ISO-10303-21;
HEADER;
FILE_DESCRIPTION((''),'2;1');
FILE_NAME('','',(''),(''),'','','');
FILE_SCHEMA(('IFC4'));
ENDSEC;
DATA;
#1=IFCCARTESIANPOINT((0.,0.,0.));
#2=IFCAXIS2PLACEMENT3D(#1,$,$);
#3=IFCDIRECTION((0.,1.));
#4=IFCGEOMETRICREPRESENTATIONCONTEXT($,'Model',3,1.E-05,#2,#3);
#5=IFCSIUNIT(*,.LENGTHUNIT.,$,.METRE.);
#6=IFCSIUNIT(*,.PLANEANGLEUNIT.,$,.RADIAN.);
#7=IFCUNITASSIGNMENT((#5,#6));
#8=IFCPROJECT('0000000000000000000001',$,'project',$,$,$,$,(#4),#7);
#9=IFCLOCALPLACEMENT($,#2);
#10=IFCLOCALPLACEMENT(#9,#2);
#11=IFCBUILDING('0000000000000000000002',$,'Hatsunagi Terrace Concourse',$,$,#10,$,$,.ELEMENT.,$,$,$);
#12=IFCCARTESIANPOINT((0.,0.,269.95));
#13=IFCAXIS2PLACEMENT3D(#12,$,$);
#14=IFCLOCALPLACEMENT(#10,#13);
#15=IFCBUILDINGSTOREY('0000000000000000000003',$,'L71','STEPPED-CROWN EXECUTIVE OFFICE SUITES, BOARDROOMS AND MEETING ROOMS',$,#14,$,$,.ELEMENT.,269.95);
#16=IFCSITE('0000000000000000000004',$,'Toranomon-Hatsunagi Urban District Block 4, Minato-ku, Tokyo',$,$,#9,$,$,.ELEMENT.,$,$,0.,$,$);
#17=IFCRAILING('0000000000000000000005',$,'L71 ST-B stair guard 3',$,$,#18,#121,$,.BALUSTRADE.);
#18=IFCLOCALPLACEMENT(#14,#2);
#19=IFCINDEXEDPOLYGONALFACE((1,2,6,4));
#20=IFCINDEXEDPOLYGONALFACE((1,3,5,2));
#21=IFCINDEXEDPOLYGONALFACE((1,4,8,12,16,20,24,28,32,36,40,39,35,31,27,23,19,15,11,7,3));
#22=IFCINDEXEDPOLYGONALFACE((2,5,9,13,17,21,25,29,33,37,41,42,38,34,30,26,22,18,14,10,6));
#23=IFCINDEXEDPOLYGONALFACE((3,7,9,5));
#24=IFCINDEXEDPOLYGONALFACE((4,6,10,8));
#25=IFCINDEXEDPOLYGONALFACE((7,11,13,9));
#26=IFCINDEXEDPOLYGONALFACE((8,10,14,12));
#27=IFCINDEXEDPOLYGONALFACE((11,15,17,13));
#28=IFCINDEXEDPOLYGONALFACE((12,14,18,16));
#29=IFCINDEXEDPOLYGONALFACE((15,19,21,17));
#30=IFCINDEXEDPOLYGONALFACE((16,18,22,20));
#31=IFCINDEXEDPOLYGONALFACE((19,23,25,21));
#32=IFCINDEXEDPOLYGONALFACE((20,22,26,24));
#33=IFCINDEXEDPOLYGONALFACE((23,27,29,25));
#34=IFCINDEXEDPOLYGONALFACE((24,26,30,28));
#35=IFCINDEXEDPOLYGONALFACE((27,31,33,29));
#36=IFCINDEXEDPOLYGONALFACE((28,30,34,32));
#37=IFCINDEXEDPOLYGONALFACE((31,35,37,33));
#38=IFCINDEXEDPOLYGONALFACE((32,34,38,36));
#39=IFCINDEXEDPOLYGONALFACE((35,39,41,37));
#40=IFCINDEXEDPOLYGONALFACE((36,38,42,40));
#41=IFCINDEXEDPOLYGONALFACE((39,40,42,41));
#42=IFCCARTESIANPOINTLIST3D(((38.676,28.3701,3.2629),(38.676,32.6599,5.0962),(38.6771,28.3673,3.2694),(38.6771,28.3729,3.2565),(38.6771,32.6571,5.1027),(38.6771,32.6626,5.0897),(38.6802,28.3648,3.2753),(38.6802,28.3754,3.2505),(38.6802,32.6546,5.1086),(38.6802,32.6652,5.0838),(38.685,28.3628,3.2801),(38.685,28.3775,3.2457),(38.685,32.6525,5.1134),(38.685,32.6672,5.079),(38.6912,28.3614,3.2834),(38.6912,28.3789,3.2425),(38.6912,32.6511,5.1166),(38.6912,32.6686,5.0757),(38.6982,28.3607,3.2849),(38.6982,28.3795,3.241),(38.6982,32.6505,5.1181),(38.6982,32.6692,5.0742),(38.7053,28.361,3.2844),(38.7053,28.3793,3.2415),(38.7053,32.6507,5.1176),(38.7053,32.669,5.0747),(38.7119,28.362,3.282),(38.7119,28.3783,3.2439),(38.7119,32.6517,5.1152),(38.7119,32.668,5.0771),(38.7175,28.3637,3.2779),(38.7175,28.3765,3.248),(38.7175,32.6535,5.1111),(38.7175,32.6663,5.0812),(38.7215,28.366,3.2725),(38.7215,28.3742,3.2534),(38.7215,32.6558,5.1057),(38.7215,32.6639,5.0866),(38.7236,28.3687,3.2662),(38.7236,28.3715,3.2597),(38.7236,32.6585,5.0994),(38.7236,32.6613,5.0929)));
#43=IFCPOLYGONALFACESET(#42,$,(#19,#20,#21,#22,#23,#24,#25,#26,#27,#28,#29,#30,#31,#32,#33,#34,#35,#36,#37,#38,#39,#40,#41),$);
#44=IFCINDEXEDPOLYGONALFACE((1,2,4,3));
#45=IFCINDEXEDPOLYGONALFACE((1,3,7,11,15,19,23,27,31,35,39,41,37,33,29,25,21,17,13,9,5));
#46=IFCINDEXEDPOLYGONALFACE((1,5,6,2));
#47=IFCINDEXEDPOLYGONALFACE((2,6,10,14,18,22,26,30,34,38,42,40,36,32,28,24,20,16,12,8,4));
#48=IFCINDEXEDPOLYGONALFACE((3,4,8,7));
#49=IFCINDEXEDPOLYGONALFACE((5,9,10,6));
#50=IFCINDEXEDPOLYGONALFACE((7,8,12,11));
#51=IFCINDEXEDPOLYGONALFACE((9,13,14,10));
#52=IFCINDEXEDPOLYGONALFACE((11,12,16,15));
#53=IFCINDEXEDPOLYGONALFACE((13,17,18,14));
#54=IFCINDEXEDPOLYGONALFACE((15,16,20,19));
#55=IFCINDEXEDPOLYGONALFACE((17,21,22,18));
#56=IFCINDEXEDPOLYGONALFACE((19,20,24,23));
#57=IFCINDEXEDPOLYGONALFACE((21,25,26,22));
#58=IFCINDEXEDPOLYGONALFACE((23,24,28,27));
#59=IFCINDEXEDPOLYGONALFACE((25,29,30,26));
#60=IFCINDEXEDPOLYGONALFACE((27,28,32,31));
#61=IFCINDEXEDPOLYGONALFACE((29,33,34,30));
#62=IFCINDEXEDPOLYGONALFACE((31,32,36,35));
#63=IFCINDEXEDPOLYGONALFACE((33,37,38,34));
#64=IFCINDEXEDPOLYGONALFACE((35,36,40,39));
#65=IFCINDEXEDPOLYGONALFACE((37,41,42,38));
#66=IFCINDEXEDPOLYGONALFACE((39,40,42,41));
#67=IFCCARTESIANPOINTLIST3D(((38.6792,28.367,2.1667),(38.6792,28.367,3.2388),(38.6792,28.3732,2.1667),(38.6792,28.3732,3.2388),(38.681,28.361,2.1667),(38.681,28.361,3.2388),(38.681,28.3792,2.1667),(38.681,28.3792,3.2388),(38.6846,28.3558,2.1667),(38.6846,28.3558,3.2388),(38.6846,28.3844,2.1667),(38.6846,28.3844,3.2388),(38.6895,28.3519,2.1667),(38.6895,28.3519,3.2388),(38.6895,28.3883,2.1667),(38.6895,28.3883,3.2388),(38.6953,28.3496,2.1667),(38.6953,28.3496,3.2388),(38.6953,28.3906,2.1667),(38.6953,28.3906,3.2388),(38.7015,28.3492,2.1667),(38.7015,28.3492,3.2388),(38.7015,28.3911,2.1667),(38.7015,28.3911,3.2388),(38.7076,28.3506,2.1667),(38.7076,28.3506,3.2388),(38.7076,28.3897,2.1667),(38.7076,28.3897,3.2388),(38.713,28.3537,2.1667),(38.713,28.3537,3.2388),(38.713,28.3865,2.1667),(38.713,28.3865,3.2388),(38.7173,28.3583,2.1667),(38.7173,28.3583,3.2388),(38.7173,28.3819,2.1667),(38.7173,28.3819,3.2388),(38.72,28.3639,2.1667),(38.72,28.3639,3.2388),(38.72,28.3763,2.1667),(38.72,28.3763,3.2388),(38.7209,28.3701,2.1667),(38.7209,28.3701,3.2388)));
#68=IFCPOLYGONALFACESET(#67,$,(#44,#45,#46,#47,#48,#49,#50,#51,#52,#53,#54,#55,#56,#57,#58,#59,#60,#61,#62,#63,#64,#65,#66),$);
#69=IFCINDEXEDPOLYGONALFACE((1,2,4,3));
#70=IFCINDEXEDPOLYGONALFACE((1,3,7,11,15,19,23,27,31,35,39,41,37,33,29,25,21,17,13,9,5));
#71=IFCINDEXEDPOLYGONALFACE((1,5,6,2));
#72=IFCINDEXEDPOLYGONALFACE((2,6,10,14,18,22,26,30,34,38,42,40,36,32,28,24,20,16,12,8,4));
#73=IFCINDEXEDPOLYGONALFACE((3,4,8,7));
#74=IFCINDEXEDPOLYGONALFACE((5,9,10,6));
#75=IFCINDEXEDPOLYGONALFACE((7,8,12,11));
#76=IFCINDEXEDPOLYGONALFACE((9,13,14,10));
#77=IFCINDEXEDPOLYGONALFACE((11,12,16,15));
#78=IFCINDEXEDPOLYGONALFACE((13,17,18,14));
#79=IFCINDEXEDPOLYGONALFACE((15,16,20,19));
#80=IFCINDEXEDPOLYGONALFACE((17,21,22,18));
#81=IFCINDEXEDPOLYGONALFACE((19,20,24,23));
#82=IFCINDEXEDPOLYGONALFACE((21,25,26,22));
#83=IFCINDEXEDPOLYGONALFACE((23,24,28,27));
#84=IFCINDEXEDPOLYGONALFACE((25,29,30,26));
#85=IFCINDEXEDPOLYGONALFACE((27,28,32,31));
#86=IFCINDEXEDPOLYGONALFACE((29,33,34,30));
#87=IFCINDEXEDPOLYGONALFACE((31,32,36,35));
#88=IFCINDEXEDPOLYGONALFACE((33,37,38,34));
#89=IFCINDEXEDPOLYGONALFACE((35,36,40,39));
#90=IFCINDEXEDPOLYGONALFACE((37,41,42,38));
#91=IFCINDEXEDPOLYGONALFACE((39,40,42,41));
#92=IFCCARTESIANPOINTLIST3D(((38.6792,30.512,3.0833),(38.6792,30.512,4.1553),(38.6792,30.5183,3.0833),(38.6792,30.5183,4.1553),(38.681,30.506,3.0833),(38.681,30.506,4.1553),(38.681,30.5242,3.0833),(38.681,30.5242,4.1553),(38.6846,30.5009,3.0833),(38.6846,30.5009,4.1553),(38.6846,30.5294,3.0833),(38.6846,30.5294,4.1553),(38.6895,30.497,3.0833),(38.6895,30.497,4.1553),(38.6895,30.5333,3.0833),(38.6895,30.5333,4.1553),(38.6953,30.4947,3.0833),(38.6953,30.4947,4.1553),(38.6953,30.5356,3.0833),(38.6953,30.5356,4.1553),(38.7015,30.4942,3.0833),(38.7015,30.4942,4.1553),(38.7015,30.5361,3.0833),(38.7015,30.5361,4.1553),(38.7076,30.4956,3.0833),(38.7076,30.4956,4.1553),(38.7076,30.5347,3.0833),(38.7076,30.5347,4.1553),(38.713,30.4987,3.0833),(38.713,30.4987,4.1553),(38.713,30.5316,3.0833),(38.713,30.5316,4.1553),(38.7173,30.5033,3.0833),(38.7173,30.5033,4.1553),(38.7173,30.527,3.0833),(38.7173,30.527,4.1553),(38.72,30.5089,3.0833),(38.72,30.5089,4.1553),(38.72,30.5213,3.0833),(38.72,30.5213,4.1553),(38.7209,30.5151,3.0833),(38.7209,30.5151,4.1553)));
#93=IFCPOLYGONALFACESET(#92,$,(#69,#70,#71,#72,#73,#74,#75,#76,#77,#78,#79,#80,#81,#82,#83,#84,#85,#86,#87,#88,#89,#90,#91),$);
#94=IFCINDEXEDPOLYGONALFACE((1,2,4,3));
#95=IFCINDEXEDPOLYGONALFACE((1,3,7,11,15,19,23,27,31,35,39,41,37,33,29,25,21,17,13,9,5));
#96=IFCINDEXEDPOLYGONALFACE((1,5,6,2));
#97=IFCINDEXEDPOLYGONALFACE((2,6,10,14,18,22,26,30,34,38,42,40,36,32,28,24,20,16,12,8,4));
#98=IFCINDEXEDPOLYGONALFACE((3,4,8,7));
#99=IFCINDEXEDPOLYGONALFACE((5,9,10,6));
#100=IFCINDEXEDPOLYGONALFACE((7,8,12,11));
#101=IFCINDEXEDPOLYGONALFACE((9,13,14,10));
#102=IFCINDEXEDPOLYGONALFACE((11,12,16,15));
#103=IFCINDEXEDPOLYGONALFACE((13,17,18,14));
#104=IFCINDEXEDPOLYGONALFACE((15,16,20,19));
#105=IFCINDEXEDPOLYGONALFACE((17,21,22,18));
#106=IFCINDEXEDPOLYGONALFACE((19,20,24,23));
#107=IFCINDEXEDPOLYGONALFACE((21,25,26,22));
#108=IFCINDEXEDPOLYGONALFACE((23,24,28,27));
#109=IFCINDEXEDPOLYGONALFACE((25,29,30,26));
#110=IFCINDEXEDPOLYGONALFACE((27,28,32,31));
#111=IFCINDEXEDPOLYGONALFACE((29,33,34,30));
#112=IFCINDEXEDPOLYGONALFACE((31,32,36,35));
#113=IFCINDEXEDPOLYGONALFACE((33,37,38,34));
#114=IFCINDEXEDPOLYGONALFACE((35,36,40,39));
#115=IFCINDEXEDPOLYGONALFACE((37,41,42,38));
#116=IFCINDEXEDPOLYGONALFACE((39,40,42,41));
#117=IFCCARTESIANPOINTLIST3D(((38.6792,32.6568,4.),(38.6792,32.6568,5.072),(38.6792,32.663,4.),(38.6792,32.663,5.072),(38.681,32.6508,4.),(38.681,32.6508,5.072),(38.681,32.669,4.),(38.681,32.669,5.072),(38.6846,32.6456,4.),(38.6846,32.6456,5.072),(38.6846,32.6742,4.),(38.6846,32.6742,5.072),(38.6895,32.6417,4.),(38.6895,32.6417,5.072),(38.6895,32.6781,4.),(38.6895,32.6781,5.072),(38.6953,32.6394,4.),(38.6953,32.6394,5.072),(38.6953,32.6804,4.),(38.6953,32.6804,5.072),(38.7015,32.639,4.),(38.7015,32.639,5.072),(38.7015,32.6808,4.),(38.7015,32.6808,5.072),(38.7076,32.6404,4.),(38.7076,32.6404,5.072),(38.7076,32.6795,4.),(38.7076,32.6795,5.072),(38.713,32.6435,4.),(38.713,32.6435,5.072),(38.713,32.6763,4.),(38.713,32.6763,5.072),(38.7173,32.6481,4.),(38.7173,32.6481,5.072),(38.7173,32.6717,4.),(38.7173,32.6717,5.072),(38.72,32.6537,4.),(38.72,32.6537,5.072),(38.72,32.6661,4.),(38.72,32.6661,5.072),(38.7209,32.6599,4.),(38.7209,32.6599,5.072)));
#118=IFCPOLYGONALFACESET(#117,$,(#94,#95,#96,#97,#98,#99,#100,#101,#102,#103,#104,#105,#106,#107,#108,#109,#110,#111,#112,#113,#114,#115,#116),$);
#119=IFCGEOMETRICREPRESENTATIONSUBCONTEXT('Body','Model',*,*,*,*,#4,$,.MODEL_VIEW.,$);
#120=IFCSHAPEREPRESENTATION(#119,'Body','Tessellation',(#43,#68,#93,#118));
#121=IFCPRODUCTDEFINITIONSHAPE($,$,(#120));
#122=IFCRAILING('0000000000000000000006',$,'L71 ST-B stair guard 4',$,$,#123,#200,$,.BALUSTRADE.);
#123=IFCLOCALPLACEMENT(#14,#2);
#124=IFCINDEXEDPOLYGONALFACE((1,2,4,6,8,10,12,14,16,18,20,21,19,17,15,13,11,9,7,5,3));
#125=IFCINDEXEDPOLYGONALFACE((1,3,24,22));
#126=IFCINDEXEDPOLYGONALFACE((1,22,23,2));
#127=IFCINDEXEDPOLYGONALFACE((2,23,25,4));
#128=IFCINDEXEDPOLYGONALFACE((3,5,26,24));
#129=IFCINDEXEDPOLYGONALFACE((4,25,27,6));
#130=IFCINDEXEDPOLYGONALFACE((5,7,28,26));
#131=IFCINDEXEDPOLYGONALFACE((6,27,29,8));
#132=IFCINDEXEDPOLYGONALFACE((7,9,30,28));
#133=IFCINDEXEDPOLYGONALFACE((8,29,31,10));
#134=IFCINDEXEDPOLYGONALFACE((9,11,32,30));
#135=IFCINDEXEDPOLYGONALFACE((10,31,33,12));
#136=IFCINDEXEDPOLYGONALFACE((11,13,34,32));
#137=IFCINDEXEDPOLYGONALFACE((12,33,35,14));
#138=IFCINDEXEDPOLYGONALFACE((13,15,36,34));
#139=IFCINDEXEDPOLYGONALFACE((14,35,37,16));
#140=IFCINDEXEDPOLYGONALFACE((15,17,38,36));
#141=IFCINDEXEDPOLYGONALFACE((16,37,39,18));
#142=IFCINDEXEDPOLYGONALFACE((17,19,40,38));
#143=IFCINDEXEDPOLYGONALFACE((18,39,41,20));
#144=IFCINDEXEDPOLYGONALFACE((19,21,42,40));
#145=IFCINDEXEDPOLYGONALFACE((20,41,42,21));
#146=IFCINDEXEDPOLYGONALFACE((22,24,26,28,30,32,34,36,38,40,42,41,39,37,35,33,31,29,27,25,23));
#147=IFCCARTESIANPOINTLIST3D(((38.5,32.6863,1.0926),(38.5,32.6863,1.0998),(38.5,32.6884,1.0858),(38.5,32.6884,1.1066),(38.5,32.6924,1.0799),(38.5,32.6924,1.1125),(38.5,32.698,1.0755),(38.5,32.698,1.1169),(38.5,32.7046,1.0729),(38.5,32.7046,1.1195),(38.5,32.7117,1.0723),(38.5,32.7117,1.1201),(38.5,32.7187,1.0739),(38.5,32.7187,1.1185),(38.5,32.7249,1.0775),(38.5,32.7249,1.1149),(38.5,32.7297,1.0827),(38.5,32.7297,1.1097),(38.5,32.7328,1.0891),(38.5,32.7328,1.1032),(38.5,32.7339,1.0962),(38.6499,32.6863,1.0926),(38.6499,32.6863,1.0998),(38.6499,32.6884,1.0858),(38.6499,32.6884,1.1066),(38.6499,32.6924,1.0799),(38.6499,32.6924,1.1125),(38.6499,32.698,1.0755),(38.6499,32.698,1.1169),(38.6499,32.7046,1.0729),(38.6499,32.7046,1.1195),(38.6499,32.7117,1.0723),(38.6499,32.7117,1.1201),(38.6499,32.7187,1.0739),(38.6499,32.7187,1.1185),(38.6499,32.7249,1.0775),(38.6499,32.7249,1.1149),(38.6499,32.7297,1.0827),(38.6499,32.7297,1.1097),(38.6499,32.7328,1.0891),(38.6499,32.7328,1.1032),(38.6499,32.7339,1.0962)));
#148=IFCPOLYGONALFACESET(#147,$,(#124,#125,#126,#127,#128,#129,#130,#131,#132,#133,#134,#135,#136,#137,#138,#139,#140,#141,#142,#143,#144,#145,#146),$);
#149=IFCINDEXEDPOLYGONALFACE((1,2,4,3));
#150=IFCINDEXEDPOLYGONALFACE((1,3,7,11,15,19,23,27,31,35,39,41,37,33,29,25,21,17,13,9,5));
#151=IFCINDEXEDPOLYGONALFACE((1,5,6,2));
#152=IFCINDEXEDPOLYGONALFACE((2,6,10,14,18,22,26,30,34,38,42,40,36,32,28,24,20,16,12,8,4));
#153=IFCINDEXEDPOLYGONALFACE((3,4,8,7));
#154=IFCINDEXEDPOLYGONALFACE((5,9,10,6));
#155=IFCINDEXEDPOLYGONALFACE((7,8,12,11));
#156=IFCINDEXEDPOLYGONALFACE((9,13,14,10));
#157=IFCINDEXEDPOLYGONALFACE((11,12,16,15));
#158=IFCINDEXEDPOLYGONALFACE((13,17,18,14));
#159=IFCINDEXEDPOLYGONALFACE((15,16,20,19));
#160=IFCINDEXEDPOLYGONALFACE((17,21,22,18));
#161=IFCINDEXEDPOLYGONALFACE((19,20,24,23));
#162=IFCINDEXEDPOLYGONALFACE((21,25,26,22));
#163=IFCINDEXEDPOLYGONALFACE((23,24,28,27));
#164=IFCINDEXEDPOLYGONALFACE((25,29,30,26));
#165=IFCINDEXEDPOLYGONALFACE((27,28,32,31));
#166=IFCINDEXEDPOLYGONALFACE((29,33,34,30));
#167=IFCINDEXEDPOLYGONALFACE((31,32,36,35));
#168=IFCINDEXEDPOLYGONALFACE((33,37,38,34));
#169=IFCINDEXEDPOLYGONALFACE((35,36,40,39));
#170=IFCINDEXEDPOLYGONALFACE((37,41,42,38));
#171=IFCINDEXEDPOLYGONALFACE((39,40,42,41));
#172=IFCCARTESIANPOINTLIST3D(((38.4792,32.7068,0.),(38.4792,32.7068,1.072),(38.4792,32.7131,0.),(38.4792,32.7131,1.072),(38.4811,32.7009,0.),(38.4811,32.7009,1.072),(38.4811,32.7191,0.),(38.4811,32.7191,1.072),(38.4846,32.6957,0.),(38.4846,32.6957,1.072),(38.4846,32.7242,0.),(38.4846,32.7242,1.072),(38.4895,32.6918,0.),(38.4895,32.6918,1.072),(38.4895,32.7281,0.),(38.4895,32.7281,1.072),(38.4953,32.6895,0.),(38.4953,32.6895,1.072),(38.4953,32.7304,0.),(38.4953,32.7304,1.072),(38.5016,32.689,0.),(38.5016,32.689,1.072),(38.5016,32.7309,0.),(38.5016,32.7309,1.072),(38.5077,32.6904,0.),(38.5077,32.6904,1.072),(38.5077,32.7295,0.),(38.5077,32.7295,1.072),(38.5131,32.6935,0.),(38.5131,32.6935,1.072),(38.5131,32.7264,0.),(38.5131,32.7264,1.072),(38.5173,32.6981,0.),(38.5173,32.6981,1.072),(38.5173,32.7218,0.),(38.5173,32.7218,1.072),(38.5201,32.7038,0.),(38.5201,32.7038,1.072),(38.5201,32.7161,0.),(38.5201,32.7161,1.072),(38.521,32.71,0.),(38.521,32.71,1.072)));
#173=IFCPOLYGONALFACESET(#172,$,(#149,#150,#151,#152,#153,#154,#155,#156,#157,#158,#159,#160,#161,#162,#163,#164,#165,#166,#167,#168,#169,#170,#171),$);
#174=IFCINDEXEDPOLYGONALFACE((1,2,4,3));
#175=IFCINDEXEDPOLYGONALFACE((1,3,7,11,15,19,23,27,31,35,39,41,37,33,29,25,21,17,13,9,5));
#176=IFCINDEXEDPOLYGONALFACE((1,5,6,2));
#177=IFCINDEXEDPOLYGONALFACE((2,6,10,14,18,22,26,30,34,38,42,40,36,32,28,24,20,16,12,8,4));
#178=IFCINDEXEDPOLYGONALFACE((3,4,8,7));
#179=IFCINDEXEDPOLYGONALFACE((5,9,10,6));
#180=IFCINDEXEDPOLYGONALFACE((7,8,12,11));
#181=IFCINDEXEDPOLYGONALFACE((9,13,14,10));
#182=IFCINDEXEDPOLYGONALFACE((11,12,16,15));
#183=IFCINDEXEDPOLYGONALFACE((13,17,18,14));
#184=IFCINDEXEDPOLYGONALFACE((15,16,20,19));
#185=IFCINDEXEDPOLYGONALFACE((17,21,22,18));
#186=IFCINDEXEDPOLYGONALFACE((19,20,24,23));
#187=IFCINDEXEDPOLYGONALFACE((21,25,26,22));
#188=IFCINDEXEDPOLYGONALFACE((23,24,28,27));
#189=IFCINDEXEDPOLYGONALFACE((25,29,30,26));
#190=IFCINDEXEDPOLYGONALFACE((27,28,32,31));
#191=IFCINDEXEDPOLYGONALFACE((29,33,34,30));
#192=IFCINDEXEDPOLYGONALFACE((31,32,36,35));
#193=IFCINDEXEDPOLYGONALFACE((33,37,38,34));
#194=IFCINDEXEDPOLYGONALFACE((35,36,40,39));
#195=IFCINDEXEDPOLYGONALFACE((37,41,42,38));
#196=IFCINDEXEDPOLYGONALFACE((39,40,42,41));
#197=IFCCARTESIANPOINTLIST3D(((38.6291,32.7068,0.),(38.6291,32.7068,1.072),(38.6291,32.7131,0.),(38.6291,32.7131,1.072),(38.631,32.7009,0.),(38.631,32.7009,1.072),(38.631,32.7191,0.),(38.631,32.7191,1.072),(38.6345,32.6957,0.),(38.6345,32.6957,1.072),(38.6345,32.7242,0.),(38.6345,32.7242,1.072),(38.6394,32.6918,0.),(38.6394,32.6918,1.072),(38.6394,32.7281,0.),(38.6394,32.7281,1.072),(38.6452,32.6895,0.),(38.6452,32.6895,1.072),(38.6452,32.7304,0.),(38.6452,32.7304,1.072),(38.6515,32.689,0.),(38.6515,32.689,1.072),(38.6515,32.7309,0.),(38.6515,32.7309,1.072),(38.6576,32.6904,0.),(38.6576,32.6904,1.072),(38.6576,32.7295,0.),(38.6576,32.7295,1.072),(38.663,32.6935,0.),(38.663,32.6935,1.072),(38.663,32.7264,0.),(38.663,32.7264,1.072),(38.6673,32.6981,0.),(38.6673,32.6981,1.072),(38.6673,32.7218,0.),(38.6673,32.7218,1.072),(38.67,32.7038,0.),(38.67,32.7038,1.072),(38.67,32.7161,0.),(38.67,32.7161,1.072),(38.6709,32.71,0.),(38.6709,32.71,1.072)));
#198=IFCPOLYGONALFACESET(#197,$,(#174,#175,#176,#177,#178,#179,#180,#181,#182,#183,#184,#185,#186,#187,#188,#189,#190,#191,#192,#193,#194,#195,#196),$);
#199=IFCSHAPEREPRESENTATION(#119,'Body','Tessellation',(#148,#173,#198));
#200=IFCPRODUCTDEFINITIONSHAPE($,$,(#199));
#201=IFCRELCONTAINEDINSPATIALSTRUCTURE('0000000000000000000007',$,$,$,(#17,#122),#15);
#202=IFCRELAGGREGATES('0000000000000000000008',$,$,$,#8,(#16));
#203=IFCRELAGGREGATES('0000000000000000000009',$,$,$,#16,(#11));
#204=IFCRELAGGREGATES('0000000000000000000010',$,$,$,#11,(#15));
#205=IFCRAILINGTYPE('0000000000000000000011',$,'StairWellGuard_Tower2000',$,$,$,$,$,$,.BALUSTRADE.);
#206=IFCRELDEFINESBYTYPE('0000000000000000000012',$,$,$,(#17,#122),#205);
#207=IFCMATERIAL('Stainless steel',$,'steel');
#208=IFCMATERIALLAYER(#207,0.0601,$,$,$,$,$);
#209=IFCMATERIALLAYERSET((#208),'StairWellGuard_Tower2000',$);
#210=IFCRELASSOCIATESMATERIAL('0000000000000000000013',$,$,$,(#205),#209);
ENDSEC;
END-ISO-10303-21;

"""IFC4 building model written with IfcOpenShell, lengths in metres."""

from ifc_helpers import new_model, si_unit, direction, frame, origin, origin_2d, place, context, subcontext, project, spatial, circle, extrude, material, layer, layer_set, type_object, element, save


model = new_model("IFC4")

# Units and contexts
model_context = context("Model", 3, precision=1e-05, world=origin(), true_north=direction((0.0, 1.0)))
body_context = subcontext(model_context, "Body", "Model", "MODEL_VIEW")
ifc_project = project(units=[si_unit("LENGTHUNIT", "METRE"), si_unit("PLANEANGLEUNIT", "RADIAN")], contexts=[model_context])

# Site, building, storey
site_placement = place(None, origin())
site = spatial("IfcSite", under=ifc_project, at=site_placement, Name="Toranomon-Hatsunagi Urban District Block 4, Minato-ku, Tokyo", CompositionType="ELEMENT", RefElevation=0.0)
building_placement = place(site_placement, origin())
building = spatial("IfcBuilding", under=site, at=building_placement, Name="Hatsunagi Terrace Concourse", CompositionType="ELEMENT")
storey_placement = place(building_placement, frame((0.0, 0.0, 269.95)))
storey = spatial("IfcBuildingStorey", under=building, at=storey_placement, Name="L71", Description="STEPPED-CROWN EXECUTIVE OFFICE SUITES, BOARDROOMS AND MEETING ROOMS", CompositionType="ELEMENT", Elevation=269.95)

# Railings
ifc_material_1 = material(Name="Stainless steel", Category="steel")
ifc_layer_1 = layer(ifc_material_1, 0.0601)
ifc_layer_set_1 = layer_set([ifc_layer_1], Name="StairWellGuard_Tower2000")
railing_type_1 = type_object("IfcRailingType", Name="StairWellGuard_Tower2000", PredefinedType="BALUSTRADE", material=ifc_layer_set_1)
railing_1_placement = place(storey_placement, frame((38.7, 28.3701, 2.1667)))
element("IfcRailing", 1, at=railing_1_placement, inside=storey, type_object=railing_type_1, Name="L71 ST-B stair guard 3", PredefinedType="BALUSTRADE", context=body_context, shape_type="SweptSolid", body=[
    extrude(circle(Radius=0.0239, at=origin_2d()), frame((0.0, 0.0, 1.0962), z_axis=(0.0, 0.919551, 0.392972), x_axis=(-1.0, 0.0, 0.0)), (0.0, 0.0, 1.0), 4.665),
    extrude(circle(Radius=0.021, at=origin_2d()), origin(), (0.0, 0.0, 1.0), 1.072),
    extrude(circle(Radius=0.021, at=origin_2d()), frame((0.0, 2.145, 0.9165)), (0.0, 0.0, 1.0), 1.072),
    extrude(circle(Radius=0.021, at=origin_2d()), frame((0.0, 4.2898, 1.8333)), (0.0, 0.0, 1.0), 1.072),
])
railing_2_placement = place(storey_placement, frame((38.5, 32.71, 0.0)))
element("IfcRailing", 2, at=railing_2_placement, inside=storey, type_object=railing_type_1, Name="L71 ST-B stair guard 4", PredefinedType="BALUSTRADE", context=body_context, shape_type="SweptSolid", body=[
    extrude(circle(Radius=0.0239, at=origin_2d()), frame((0.0, 0.0, 1.0962), z_axis=(1.0, 0.0, 0.0), x_axis=(0.0, 1.0, 0.0)), (0.0, 0.0, 1.0), 0.1499),
    extrude(circle(Radius=0.021, at=origin_2d()), origin(), (0.0, 0.0, 1.0), 1.072),
    extrude(circle(Radius=0.021, at=origin_2d()), frame((0.1499, 0.0, 0.0)), (0.0, 0.0, 1.0), 1.072),
])

save(model, "model.ifc")
